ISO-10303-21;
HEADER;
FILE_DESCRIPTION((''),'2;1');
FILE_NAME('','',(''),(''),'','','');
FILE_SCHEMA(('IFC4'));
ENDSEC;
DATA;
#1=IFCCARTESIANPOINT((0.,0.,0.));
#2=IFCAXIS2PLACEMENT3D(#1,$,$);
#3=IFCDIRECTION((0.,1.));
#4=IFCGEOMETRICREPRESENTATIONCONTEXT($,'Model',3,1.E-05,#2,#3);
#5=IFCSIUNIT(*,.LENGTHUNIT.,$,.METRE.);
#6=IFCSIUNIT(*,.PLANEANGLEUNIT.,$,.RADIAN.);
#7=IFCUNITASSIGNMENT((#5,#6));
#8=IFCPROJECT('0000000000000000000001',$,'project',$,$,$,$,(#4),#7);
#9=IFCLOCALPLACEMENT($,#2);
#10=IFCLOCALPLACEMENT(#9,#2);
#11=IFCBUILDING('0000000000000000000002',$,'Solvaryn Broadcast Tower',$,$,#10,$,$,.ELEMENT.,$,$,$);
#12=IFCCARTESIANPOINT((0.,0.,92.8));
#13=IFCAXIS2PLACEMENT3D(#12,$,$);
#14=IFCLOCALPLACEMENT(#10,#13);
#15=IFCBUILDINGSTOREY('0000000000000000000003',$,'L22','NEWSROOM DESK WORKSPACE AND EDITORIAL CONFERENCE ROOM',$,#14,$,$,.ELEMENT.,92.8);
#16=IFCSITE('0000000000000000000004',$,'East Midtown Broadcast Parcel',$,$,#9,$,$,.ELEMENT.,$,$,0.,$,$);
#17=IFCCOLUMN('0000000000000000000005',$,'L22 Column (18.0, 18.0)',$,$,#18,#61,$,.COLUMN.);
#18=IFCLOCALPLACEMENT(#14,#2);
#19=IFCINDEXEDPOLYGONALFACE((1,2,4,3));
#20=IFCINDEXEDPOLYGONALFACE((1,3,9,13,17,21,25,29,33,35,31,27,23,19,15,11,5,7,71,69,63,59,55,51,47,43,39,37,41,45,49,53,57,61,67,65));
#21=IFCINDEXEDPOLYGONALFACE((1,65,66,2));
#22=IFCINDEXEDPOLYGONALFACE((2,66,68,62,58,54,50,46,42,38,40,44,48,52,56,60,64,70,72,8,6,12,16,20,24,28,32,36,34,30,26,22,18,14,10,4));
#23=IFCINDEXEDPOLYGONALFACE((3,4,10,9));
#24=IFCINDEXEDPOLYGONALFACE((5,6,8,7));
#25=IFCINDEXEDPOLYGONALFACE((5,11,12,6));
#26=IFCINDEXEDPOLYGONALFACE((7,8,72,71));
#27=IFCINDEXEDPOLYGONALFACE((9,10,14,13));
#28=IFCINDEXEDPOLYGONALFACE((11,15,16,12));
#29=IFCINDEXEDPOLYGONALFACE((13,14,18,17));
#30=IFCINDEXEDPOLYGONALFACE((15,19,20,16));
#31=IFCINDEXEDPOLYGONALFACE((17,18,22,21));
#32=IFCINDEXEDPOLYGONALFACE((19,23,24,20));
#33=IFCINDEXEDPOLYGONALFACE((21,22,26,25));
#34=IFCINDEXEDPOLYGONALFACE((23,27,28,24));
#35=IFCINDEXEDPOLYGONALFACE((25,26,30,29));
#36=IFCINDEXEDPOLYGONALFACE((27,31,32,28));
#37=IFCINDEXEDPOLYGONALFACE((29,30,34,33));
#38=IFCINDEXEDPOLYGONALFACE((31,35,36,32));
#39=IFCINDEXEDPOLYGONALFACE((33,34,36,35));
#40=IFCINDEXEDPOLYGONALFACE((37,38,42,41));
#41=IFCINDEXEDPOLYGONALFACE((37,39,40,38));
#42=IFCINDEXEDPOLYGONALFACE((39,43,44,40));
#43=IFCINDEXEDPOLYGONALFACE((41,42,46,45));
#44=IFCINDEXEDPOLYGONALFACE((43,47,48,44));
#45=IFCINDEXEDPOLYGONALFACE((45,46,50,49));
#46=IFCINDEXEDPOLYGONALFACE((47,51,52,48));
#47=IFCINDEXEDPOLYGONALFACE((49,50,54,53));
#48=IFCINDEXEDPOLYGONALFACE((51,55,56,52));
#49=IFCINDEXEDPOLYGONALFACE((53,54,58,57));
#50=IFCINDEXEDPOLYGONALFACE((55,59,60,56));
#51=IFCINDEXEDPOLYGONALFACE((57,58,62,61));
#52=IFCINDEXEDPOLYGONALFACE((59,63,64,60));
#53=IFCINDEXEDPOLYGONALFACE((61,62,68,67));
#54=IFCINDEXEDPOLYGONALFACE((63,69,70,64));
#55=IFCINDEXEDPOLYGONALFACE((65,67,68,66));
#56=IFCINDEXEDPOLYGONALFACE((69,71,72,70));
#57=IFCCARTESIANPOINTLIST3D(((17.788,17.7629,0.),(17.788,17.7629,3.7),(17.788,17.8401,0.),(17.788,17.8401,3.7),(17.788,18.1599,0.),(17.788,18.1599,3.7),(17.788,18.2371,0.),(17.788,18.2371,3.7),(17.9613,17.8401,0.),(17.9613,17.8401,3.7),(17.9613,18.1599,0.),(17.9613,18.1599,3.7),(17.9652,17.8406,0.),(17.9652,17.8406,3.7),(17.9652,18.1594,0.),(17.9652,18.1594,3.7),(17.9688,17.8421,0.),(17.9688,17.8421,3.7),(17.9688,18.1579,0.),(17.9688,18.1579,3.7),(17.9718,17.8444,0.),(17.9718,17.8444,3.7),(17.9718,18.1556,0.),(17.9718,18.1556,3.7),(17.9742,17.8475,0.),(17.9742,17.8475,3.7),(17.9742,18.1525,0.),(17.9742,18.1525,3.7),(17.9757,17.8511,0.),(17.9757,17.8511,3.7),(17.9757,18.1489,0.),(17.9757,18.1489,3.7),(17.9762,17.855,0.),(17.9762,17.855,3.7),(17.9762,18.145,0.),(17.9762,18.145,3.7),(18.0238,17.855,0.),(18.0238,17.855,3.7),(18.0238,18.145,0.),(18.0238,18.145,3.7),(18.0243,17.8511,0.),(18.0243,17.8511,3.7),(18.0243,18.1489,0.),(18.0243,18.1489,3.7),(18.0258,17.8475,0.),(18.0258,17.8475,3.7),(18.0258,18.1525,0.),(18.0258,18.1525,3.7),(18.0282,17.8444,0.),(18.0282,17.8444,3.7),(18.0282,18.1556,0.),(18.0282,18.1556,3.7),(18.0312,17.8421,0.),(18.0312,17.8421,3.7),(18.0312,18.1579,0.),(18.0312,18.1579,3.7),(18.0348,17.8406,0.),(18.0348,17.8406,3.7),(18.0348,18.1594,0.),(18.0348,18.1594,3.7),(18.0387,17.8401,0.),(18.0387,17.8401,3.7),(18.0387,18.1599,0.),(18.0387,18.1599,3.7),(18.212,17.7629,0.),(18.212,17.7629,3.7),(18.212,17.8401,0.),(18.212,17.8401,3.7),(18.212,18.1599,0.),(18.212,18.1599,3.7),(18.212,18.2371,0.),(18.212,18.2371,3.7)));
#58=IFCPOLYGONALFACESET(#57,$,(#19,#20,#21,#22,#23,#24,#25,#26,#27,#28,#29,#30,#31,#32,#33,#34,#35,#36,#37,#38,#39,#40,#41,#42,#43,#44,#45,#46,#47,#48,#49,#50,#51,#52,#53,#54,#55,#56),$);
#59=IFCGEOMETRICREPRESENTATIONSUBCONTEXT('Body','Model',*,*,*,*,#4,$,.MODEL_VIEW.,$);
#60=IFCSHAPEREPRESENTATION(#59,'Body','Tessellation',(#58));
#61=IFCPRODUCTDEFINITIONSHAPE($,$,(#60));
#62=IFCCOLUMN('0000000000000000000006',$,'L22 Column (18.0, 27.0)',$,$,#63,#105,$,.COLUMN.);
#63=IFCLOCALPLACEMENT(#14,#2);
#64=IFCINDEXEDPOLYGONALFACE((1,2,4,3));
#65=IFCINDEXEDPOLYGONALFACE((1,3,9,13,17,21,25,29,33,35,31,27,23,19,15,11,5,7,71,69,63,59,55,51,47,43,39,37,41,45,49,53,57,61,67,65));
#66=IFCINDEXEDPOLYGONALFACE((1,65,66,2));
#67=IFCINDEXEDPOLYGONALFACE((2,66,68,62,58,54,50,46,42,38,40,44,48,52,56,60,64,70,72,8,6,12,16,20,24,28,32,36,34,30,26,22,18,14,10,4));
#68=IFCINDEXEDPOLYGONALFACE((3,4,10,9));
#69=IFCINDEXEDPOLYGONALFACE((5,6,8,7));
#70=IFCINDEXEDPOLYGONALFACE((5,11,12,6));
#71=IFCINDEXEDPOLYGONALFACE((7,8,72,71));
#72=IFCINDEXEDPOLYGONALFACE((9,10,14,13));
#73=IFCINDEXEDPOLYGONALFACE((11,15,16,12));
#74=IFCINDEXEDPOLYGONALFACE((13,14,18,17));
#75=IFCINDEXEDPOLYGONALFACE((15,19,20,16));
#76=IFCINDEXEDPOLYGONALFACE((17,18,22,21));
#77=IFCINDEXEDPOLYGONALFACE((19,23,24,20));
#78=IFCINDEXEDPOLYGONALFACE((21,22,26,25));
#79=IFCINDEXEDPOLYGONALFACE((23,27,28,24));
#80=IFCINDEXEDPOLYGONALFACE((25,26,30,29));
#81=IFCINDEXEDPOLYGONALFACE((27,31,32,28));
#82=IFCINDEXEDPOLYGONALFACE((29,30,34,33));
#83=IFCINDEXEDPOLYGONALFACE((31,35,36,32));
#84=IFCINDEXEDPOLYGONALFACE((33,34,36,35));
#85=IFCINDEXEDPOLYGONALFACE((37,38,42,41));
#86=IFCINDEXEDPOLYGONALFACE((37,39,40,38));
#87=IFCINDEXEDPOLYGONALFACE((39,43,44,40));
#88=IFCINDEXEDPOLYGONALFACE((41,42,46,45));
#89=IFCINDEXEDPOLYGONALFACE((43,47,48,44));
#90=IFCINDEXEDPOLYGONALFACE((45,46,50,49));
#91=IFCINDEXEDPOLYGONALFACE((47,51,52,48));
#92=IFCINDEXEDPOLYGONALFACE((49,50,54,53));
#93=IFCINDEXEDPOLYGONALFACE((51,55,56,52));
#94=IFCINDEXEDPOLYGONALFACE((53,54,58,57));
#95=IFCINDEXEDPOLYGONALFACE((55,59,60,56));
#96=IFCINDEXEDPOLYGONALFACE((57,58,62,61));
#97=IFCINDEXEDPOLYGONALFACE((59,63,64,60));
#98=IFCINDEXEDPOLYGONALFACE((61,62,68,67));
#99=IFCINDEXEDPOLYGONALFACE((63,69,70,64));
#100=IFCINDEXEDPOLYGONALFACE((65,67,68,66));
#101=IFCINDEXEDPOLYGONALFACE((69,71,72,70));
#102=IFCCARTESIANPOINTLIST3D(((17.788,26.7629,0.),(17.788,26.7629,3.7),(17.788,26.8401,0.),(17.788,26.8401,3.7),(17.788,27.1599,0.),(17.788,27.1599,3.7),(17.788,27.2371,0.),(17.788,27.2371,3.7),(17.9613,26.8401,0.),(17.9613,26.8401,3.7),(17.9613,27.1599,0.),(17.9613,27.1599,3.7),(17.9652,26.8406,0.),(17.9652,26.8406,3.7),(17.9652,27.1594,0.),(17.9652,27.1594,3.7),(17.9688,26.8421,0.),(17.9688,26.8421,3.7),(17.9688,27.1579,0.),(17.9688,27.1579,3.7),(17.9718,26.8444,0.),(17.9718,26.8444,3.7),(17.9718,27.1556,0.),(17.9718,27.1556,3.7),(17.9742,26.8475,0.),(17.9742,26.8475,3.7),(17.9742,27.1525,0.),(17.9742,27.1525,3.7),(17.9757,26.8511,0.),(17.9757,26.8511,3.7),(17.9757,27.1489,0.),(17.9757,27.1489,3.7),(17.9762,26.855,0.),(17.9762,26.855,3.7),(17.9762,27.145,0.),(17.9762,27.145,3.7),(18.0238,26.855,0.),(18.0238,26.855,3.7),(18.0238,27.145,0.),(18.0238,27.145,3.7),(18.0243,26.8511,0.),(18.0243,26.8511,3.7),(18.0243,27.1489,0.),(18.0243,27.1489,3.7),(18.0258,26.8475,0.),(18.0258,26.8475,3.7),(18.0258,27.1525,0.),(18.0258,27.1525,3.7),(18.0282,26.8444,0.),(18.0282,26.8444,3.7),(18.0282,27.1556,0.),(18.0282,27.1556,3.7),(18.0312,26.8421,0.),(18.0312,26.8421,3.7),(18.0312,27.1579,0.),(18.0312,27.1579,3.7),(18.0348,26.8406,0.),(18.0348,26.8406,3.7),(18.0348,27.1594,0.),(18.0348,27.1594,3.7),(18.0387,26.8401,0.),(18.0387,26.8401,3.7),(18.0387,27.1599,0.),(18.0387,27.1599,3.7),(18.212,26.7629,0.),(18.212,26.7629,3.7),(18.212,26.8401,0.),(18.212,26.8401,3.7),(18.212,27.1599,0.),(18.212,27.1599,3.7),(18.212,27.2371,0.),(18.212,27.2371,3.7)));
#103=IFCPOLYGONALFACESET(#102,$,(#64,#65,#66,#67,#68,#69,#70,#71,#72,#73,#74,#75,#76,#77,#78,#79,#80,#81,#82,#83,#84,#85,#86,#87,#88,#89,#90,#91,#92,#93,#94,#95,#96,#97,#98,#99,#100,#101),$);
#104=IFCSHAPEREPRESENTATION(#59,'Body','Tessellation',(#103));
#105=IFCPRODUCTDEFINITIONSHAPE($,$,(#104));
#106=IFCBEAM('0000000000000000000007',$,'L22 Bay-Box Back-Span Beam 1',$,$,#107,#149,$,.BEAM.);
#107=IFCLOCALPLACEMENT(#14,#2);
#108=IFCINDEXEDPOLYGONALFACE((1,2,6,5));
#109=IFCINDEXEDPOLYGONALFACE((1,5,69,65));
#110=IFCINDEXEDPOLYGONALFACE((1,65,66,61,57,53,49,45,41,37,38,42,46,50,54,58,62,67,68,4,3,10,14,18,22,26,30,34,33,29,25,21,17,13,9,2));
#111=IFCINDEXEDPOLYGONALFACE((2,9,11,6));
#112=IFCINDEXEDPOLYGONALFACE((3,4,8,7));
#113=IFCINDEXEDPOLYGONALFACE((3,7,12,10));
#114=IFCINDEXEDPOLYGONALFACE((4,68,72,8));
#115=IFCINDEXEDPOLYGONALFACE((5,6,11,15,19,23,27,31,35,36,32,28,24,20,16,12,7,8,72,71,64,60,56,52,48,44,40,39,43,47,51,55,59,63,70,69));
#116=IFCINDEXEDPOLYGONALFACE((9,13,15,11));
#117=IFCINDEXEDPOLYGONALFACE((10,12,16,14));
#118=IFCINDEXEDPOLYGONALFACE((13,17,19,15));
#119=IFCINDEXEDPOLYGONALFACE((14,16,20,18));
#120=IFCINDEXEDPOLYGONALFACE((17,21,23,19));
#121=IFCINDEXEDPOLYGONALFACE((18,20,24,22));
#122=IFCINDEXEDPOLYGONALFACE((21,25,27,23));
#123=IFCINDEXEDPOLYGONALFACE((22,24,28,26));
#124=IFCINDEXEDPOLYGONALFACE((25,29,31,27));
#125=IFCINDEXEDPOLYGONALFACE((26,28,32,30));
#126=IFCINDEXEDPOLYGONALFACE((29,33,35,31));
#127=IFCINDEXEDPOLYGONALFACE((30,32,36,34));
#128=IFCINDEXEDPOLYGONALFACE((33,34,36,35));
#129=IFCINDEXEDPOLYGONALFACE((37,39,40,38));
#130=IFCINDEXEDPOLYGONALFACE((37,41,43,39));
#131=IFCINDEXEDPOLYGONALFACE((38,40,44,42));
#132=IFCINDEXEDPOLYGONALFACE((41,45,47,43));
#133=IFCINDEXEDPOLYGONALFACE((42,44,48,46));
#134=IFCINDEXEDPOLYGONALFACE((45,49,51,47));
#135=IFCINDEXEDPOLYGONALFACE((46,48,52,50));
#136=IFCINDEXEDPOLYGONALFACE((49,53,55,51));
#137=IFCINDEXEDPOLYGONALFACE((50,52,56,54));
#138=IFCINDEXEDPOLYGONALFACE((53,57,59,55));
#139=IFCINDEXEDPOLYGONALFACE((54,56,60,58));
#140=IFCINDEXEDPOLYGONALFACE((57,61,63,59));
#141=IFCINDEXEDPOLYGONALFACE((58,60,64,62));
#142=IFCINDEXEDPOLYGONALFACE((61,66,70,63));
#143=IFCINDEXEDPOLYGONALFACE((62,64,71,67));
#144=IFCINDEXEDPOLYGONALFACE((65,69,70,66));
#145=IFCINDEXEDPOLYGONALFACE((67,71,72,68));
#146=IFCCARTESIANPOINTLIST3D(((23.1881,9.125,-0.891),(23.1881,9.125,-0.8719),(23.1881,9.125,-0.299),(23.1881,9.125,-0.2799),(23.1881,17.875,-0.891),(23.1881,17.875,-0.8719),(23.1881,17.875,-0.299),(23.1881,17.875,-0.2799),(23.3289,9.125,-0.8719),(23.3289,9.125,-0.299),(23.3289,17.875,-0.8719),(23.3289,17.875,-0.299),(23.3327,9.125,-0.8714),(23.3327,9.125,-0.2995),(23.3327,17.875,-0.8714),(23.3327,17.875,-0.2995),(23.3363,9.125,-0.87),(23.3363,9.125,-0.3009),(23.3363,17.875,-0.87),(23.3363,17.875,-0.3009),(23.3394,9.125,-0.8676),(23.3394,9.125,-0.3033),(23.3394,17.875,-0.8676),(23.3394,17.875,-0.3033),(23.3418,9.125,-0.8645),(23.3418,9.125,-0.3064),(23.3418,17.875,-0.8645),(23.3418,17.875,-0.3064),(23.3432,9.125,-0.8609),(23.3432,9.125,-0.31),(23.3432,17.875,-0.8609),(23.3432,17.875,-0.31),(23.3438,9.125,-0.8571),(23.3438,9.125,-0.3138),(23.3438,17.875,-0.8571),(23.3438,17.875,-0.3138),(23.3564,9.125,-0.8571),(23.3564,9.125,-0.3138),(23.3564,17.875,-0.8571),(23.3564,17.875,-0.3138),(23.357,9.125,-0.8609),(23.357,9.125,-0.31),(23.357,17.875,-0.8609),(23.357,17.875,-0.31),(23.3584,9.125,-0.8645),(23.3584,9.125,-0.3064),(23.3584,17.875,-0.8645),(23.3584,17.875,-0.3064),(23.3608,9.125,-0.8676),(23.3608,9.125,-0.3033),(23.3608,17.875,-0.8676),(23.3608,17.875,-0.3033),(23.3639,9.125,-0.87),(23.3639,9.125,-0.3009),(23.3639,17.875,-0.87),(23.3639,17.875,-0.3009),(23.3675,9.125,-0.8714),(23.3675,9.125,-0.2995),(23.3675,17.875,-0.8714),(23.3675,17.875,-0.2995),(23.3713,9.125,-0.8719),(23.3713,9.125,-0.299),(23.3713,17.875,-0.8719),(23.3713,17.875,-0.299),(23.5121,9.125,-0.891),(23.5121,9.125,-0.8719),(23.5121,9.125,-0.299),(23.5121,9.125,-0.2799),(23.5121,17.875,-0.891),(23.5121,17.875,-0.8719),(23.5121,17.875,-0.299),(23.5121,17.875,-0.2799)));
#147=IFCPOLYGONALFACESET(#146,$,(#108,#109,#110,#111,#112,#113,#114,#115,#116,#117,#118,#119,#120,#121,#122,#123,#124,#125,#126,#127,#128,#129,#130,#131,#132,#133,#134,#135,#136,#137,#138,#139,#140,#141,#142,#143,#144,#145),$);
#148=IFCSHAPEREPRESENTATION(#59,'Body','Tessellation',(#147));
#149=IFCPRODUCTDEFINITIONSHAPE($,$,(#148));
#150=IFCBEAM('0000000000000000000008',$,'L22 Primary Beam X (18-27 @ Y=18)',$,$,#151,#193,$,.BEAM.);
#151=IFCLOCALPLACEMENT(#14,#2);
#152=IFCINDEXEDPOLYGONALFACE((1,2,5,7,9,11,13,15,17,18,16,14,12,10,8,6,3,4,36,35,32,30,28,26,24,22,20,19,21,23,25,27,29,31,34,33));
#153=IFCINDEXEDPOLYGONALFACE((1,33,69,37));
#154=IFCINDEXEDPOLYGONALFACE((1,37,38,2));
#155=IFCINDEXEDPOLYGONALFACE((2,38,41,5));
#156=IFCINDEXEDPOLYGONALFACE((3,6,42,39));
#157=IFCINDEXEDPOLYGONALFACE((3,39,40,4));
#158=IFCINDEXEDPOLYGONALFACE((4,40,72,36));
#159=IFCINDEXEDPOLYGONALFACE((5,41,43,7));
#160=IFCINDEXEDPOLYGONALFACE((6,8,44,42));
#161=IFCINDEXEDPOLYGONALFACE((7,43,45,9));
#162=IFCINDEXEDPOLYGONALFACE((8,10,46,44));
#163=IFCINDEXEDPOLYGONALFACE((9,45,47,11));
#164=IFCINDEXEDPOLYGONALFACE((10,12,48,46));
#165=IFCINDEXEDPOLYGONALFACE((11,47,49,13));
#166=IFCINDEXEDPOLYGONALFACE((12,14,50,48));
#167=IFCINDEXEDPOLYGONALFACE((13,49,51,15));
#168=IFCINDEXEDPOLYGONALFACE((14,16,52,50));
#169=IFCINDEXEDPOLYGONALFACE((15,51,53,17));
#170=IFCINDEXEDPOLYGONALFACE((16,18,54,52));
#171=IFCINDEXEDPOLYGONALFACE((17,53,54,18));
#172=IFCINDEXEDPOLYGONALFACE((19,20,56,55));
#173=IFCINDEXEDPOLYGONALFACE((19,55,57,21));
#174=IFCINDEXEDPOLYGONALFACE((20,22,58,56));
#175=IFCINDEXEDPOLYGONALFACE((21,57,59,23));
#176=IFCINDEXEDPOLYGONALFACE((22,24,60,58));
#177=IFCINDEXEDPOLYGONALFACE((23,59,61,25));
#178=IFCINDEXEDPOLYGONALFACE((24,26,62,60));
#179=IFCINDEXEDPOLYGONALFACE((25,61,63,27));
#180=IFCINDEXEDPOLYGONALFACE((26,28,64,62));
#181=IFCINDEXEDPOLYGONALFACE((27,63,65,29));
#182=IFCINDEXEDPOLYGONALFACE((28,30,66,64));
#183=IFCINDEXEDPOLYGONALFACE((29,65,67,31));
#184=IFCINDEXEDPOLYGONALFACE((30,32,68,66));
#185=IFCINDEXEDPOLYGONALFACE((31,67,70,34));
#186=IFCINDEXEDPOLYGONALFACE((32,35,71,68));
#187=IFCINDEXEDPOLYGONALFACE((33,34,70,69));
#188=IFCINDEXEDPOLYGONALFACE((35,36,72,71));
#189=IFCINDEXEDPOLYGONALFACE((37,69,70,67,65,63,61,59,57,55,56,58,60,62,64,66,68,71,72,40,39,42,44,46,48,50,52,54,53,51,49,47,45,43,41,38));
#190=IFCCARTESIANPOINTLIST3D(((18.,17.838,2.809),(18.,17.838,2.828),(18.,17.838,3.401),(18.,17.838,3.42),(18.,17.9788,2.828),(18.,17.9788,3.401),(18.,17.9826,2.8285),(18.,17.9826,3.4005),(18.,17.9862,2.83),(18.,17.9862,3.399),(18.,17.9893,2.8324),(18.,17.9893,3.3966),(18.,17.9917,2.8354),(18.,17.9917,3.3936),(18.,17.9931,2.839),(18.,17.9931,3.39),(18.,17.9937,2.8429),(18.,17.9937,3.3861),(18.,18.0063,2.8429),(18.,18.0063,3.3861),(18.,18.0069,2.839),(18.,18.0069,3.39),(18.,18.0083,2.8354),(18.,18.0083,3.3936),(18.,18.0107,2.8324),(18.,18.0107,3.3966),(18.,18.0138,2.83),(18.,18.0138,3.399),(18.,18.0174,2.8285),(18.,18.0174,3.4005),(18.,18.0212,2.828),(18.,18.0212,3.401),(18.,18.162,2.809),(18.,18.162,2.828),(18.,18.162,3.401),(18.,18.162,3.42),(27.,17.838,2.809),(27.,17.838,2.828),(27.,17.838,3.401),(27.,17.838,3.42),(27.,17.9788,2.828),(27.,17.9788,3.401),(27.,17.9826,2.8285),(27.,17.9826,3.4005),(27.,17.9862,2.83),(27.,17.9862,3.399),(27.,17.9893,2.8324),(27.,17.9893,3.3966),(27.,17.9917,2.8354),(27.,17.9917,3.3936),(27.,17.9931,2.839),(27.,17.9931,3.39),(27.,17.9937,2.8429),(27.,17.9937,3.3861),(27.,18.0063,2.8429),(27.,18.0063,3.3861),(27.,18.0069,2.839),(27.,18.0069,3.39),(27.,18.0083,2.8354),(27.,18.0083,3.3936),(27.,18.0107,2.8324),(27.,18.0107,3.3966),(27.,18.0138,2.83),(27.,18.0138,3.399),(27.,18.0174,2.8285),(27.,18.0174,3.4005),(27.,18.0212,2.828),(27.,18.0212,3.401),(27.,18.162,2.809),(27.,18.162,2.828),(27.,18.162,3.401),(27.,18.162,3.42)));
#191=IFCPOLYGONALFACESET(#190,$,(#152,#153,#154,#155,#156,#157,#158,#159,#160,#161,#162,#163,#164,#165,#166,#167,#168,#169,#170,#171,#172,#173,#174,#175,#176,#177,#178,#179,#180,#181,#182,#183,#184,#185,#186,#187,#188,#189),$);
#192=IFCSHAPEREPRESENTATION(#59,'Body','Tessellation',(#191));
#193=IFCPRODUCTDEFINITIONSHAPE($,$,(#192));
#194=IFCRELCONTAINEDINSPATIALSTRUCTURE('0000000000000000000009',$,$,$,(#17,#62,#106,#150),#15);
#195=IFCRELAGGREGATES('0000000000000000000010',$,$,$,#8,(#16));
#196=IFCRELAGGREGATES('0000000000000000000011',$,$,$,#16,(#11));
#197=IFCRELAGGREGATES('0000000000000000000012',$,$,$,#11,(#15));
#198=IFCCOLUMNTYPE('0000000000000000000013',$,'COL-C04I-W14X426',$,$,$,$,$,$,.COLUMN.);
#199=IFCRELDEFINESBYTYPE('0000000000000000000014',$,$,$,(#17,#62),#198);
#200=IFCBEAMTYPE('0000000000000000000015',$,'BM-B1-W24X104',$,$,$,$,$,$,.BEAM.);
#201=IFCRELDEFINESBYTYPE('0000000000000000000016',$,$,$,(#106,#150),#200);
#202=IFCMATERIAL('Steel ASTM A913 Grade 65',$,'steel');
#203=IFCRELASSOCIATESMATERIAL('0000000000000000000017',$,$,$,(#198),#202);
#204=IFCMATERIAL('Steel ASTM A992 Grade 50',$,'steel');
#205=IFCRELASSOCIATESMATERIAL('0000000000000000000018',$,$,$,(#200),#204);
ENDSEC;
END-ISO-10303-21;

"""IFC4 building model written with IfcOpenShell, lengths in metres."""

from ifc_helpers import new_model, si_unit, direction, frame, origin, origin_2d, place, context, subcontext, project, spatial, i_section, extrude, material, material_profile, profile_set, type_object, element, save


model = new_model("IFC4")

# Units and contexts
model_context = context("Model", 3, precision=1e-05, world=origin(), true_north=direction((0.0, 1.0)))
body_context = subcontext(model_context, "Body", "Model", "MODEL_VIEW")
ifc_project = project(units=[si_unit("LENGTHUNIT", "METRE"), si_unit("PLANEANGLEUNIT", "RADIAN")], contexts=[model_context])

# Site, building, storey
site_placement = place(None, origin())
site = spatial("IfcSite", under=ifc_project, at=site_placement, Name="East Midtown Broadcast Parcel", CompositionType="ELEMENT", RefElevation=0.0)
building_placement = place(site_placement, origin())
building = spatial("IfcBuilding", under=site, at=building_placement, Name="Solvaryn Broadcast Tower", CompositionType="ELEMENT")
storey_placement = place(building_placement, frame((0.0, 0.0, 92.8)))
storey = spatial("IfcBuildingStorey", under=building, at=storey_placement, Name="L22", Description="NEWSROOM DESK WORKSPACE AND EDITORIAL CONFERENCE ROOM", CompositionType="ELEMENT", Elevation=92.8)

# Columns
ifc_material_1 = material(Name="Steel ASTM A913 Grade 65", Category="steel")
ifc_material_profile_1 = material_profile(ifc_material_1, i_section(OverallWidth=0.4241, OverallDepth=0.4741, WebThickness=0.0476, FlangeThickness=0.0771, FilletRadius=0.0149, at=origin_2d()))
ifc_profile_set_1 = profile_set([ifc_material_profile_1], Name="Steel ASTM A913 Grade 65")
column_type = type_object("IfcColumnType", Name="COL-C04I-W14X426", PredefinedType="COLUMN", material=ifc_profile_set_1)
for number, where, z_axis, x_axis, name in (
    (1, (18.0, 18.0, 0.0), (0.0, 0.0, 1.0), (1.0, 0.0, 0.0), "L22 Column (18.0, 18.0)"),
    (2, (18.0, 27.0, 0.0), (0.0, 0.0, 1.0), (1.0, 0.0, 0.0), "L22 Column (18.0, 27.0)"),
):
    element("IfcColumn", number, at=place(storey_placement, frame(where, z_axis=z_axis, x_axis=x_axis)), inside=storey, type_object=column_type, Name=name, PredefinedType="COLUMN", context=body_context, shape_type="SweptSolid", body=[
        extrude(i_section(OverallWidth=0.4241, OverallDepth=0.4741, WebThickness=0.0476, FlangeThickness=0.0771, FilletRadius=0.0149, at=origin_2d()), origin(), (0.0, 0.0, 1.0), 3.7),
    ])

# Beams
ifc_material_2 = material(Name="Steel ASTM A992 Grade 50", Category="steel")
ifc_material_profile_2 = material_profile(ifc_material_2, i_section(OverallWidth=0.324, OverallDepth=0.6111, WebThickness=0.0127, FlangeThickness=0.019, FilletRadius=0.0149, at=origin_2d()))
ifc_profile_set_2 = profile_set([ifc_material_profile_2], Name="Steel ASTM A992 Grade 50")
beam_type_1 = type_object("IfcBeamType", Name="BM-B1-W24X104", PredefinedType="BEAM", material=ifc_profile_set_2)
beam_1_placement = place(storey_placement, frame((23.3501, 17.875, -0.5854), z_axis=(0.0, -1.0, 0.0), x_axis=(1.0, 0.0, 0.0)))
element("IfcBeam", 3, at=beam_1_placement, inside=storey, type_object=beam_type_1, Name="L22 Bay-Box Back-Span Beam 1", PredefinedType="BEAM", context=body_context, shape_type="SweptSolid", body=[
    extrude(i_section(OverallWidth=0.324, OverallDepth=0.6111, WebThickness=0.0127, FlangeThickness=0.019, FilletRadius=0.0149, at=origin_2d()), origin(), (0.0, 0.0, 1.0), 8.75),
])
for number, where, z_axis, x_axis, name in (
    (4, (18.0, 18.0, 3.1145), (1.0, 0.0, 0.0), (0.0, 1.0, 0.0), "L22 Primary Beam X (18-27 @ Y=18)"),
):
    element("IfcBeam", number, at=place(storey_placement, frame(where, z_axis=z_axis, x_axis=x_axis)), inside=storey, type_object=beam_type_1, Name=name, PredefinedType="BEAM", context=body_context, shape_type="SweptSolid", body=[
        extrude(i_section(OverallWidth=0.324, OverallDepth=0.6111, WebThickness=0.0127, FlangeThickness=0.019, FilletRadius=0.0149, at=origin_2d()), origin(), (0.0, 0.0, 1.0), 9.0),
    ])

save(model, "model.ifc")
